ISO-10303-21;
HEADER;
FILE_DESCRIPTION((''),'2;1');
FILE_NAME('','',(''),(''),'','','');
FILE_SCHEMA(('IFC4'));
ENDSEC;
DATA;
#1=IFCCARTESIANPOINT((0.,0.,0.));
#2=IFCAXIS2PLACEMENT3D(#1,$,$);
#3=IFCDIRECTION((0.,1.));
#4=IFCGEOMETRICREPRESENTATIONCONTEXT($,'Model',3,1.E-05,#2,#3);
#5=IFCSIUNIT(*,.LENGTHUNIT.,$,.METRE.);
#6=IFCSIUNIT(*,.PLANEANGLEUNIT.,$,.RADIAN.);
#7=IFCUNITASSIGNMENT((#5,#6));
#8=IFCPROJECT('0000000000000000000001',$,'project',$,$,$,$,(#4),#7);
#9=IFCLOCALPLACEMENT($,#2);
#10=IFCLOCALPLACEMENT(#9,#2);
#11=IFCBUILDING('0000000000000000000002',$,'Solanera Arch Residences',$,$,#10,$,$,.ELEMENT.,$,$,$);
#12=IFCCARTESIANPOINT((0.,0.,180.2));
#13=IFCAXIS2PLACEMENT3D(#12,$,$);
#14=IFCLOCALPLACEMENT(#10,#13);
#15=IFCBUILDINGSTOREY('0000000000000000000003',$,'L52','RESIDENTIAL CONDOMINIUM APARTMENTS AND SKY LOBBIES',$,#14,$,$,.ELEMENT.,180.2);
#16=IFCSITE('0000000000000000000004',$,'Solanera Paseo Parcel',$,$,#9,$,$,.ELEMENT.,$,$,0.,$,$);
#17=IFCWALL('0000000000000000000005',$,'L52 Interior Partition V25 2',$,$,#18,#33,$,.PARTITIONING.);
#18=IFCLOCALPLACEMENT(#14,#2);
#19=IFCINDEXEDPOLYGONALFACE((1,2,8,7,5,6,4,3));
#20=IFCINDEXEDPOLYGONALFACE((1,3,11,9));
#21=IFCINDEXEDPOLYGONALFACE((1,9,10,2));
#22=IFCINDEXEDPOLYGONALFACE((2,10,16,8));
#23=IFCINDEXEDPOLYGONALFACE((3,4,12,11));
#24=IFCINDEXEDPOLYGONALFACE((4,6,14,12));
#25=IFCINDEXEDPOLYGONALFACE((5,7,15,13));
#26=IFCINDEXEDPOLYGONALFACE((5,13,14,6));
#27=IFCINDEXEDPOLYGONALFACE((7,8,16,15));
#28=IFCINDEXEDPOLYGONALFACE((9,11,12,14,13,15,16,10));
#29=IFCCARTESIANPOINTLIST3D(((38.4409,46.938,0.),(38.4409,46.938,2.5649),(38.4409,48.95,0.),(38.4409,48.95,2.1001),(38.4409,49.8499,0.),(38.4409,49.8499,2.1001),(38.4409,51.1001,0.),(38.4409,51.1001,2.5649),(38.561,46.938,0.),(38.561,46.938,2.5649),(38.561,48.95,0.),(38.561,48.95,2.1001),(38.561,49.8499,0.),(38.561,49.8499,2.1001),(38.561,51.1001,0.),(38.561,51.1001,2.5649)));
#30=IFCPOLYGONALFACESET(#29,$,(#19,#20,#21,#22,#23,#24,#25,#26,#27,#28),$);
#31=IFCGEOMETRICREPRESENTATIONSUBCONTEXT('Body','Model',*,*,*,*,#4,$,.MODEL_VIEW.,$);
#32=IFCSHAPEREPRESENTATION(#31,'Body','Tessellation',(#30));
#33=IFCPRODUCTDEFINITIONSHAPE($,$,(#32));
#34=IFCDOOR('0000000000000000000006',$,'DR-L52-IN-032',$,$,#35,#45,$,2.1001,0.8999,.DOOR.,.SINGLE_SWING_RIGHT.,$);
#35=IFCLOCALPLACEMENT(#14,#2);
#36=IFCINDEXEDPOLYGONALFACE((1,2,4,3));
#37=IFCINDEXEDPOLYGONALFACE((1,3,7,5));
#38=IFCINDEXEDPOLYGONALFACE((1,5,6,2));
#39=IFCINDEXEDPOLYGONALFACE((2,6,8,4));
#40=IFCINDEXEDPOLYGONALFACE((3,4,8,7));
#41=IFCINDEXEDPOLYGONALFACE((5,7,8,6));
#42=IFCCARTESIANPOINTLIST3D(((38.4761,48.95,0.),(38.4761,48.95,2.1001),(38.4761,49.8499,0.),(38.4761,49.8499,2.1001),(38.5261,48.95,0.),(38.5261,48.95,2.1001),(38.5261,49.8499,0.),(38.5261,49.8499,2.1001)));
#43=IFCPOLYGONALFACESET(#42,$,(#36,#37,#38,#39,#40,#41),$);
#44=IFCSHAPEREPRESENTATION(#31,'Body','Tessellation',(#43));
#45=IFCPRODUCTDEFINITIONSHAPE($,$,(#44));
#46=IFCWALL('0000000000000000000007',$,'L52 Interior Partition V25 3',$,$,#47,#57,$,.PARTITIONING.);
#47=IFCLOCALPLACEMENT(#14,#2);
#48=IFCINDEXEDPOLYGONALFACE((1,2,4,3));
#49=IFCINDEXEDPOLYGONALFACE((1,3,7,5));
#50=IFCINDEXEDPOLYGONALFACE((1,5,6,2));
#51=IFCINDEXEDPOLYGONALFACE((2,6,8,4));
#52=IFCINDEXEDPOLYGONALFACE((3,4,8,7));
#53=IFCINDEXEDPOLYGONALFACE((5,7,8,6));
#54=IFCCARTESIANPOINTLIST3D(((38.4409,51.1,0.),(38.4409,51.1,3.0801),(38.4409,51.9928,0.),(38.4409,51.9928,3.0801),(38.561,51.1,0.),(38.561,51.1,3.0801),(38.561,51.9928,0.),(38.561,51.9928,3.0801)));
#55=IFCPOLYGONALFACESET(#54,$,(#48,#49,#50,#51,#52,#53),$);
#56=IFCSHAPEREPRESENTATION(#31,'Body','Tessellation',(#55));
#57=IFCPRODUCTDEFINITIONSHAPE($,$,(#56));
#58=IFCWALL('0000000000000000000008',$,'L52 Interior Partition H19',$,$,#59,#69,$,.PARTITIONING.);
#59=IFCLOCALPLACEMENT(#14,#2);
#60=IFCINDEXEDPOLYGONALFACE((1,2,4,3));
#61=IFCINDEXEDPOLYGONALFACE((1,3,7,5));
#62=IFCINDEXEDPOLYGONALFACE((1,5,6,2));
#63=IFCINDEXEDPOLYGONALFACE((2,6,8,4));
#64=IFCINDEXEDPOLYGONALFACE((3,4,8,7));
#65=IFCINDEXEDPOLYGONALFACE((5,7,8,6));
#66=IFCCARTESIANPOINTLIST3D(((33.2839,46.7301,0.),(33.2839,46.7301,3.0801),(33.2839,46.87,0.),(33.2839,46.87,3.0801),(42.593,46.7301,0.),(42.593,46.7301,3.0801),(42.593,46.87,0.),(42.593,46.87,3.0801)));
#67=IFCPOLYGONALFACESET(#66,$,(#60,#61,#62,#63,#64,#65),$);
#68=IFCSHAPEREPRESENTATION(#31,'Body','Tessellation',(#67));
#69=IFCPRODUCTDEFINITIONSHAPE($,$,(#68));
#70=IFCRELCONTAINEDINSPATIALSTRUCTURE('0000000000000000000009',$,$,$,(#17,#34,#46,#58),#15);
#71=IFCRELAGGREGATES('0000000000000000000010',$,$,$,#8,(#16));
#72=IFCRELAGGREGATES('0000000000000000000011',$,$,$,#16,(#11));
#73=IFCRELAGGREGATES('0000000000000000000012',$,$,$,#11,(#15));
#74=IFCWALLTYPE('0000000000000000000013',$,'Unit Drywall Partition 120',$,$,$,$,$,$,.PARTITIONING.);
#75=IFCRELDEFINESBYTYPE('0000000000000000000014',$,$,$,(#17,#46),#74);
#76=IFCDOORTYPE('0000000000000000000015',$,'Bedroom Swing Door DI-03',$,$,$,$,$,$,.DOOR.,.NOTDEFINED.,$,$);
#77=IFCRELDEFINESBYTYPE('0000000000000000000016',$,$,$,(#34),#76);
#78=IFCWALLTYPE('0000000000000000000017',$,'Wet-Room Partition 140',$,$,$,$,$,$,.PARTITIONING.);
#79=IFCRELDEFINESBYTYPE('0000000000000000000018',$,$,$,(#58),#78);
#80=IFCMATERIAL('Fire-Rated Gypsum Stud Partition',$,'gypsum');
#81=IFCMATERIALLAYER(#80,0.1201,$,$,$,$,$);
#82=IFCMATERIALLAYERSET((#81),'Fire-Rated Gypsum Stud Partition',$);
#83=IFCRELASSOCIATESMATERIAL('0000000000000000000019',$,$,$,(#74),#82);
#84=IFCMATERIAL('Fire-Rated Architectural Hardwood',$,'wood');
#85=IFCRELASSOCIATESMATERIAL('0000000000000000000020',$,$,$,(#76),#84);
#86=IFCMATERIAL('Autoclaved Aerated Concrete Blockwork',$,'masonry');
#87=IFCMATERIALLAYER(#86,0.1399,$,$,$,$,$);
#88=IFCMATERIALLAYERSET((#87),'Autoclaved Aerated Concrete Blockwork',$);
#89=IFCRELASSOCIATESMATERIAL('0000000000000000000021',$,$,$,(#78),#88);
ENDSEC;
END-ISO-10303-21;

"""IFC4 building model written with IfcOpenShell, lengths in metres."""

from ifc_helpers import new_model, si_unit, direction, frame, frame_2d, origin, place, context, subcontext, project, spatial, rectangle, extrude, material, layer, layer_set, type_object, element, fill, save


model = new_model("IFC4")

# Units and contexts
model_context = context("Model", 3, precision=1e-05, world=origin(), true_north=direction((0.0, 1.0)))
body_context = subcontext(model_context, "Body", "Model", "MODEL_VIEW")
ifc_project = project(units=[si_unit("LENGTHUNIT", "METRE"), si_unit("PLANEANGLEUNIT", "RADIAN")], contexts=[model_context])

# Site, building, storey
site_placement = place(None, origin())
site = spatial("IfcSite", under=ifc_project, at=site_placement, Name="Solanera Paseo Parcel", CompositionType="ELEMENT", RefElevation=0.0)
building_placement = place(site_placement, origin())
building = spatial("IfcBuilding", under=site, at=building_placement, Name="Solanera Arch Residences", CompositionType="ELEMENT")
storey_placement = place(building_placement, frame((0.0, 0.0, 180.2)))
storey = spatial("IfcBuildingStorey", under=building, at=storey_placement, Name="L52", Description="RESIDENTIAL CONDOMINIUM APARTMENTS AND SKY LOBBIES", CompositionType="ELEMENT", Elevation=180.2)

# Shared definitions
ifc_material_1 = material(Name="Fire-Rated Gypsum Stud Partition", Category="gypsum")
ifc_layer_1 = layer(ifc_material_1, 0.1201)
ifc_layer_set_1 = layer_set([ifc_layer_1], Name="Fire-Rated Gypsum Stud Partition")
wall_type_1 = type_object("IfcWallType", Name="Unit Drywall Partition 120", PredefinedType="PARTITIONING", material=ifc_layer_set_1)

# Wall, opening, door
ifc_material_2 = material(Name="Fire-Rated Architectural Hardwood", Category="wood")
door_type_1 = type_object("IfcDoorType", Name="Bedroom Swing Door DI-03", OperationType="NOTDEFINED", PredefinedType="DOOR", material=ifc_material_2)
wall_1_placement = place(storey_placement, frame((38.501, 46.938, 0.0), z_axis=(0.0, 0.0, 1.0), x_axis=(0.0, 1.0, 0.0)))
wall_1 = element("IfcWall", 1, at=wall_1_placement, inside=storey, type_object=wall_type_1, Name="L52 Interior Partition V25 2", PredefinedType="PARTITIONING", context=body_context, shape_type="SweptSolid", body=[
    extrude(rectangle(XDim=4.1621, YDim=0.1201, at=frame_2d((2.0811, 0.0))), origin(), (0.0, 0.0, 1.0), 2.5649),
])
opening_1_placement = place(wall_1_placement, frame((2.012, 0.0, 0.0)))
opening_1 = element("IfcOpeningElement", 2, at=opening_1_placement, cuts=wall_1, PredefinedType="OPENING", context=body_context, shape_type="SweptSolid", body=[
    extrude(rectangle(XDim=0.8999, YDim=2.1001, at=frame_2d((0.45, 1.05))), frame((0.0, 0.0701, 0.0), z_axis=(0.0, -1.0, 0.0), x_axis=(1.0, 0.0, 0.0)), (0.0, 0.0, 1.0), 0.1401),
])
door_1_placement = place(opening_1_placement, origin())
door_1 = element("IfcDoor", 3, at=door_1_placement, inside=storey, type_object=door_type_1, Name="DR-L52-IN-032", OperationType="SINGLE_SWING_RIGHT", OverallHeight=2.1001, OverallWidth=0.8999, PredefinedType="DOOR", context=body_context, shape_type="SweptSolid", body=[
    extrude(rectangle(XDim=0.8999, YDim=2.1001, at=frame_2d((0.45, 1.05))), frame((0.0, 0.0249, 0.0), z_axis=(0.0, -1.0, 0.0), x_axis=(1.0, 0.0, 0.0)), (0.0, 0.0, 1.0), 0.05),
])
fill(opening_1, door_1)

# Walls
wall_2_placement = place(storey_placement, frame((38.501, 51.1001, 0.0), z_axis=(0.0, 0.0, 1.0), x_axis=(0.0, 1.0, 0.0)))
element("IfcWall", 4, at=wall_2_placement, inside=storey, type_object=wall_type_1, Name="L52 Interior Partition V25 3", PredefinedType="PARTITIONING", context=body_context, shape_type="SweptSolid", body=[
    extrude(rectangle(XDim=0.8928, YDim=0.1201, at=frame_2d((0.4463, 0.0))), origin(), (0.0, 0.0, 1.0), 3.0801),
])
ifc_material_3 = material(Name="Autoclaved Aerated Concrete Blockwork", Category="masonry")
ifc_layer_2 = layer(ifc_material_3, 0.1399)
ifc_layer_set_2 = layer_set([ifc_layer_2], Name="Autoclaved Aerated Concrete Blockwork")
wall_type_2 = type_object("IfcWallType", Name="Wet-Room Partition 140", PredefinedType="PARTITIONING", material=ifc_layer_set_2)
wall_3_placement = place(storey_placement, frame((33.2839, 46.8, 0.0), z_axis=(0.0, 0.0, 1.0), x_axis=(1.0, 0.0, 0.0)))
element("IfcWall", 5, at=wall_3_placement, inside=storey, type_object=wall_type_2, Name="L52 Interior Partition H19", PredefinedType="PARTITIONING", context=body_context, shape_type="SweptSolid", body=[
    extrude(rectangle(XDim=9.3091, YDim=0.1399, at=frame_2d((4.6545, 0.0))), origin(), (0.0, 0.0, 1.0), 3.0801),
])

save(model, "model.ifc")
